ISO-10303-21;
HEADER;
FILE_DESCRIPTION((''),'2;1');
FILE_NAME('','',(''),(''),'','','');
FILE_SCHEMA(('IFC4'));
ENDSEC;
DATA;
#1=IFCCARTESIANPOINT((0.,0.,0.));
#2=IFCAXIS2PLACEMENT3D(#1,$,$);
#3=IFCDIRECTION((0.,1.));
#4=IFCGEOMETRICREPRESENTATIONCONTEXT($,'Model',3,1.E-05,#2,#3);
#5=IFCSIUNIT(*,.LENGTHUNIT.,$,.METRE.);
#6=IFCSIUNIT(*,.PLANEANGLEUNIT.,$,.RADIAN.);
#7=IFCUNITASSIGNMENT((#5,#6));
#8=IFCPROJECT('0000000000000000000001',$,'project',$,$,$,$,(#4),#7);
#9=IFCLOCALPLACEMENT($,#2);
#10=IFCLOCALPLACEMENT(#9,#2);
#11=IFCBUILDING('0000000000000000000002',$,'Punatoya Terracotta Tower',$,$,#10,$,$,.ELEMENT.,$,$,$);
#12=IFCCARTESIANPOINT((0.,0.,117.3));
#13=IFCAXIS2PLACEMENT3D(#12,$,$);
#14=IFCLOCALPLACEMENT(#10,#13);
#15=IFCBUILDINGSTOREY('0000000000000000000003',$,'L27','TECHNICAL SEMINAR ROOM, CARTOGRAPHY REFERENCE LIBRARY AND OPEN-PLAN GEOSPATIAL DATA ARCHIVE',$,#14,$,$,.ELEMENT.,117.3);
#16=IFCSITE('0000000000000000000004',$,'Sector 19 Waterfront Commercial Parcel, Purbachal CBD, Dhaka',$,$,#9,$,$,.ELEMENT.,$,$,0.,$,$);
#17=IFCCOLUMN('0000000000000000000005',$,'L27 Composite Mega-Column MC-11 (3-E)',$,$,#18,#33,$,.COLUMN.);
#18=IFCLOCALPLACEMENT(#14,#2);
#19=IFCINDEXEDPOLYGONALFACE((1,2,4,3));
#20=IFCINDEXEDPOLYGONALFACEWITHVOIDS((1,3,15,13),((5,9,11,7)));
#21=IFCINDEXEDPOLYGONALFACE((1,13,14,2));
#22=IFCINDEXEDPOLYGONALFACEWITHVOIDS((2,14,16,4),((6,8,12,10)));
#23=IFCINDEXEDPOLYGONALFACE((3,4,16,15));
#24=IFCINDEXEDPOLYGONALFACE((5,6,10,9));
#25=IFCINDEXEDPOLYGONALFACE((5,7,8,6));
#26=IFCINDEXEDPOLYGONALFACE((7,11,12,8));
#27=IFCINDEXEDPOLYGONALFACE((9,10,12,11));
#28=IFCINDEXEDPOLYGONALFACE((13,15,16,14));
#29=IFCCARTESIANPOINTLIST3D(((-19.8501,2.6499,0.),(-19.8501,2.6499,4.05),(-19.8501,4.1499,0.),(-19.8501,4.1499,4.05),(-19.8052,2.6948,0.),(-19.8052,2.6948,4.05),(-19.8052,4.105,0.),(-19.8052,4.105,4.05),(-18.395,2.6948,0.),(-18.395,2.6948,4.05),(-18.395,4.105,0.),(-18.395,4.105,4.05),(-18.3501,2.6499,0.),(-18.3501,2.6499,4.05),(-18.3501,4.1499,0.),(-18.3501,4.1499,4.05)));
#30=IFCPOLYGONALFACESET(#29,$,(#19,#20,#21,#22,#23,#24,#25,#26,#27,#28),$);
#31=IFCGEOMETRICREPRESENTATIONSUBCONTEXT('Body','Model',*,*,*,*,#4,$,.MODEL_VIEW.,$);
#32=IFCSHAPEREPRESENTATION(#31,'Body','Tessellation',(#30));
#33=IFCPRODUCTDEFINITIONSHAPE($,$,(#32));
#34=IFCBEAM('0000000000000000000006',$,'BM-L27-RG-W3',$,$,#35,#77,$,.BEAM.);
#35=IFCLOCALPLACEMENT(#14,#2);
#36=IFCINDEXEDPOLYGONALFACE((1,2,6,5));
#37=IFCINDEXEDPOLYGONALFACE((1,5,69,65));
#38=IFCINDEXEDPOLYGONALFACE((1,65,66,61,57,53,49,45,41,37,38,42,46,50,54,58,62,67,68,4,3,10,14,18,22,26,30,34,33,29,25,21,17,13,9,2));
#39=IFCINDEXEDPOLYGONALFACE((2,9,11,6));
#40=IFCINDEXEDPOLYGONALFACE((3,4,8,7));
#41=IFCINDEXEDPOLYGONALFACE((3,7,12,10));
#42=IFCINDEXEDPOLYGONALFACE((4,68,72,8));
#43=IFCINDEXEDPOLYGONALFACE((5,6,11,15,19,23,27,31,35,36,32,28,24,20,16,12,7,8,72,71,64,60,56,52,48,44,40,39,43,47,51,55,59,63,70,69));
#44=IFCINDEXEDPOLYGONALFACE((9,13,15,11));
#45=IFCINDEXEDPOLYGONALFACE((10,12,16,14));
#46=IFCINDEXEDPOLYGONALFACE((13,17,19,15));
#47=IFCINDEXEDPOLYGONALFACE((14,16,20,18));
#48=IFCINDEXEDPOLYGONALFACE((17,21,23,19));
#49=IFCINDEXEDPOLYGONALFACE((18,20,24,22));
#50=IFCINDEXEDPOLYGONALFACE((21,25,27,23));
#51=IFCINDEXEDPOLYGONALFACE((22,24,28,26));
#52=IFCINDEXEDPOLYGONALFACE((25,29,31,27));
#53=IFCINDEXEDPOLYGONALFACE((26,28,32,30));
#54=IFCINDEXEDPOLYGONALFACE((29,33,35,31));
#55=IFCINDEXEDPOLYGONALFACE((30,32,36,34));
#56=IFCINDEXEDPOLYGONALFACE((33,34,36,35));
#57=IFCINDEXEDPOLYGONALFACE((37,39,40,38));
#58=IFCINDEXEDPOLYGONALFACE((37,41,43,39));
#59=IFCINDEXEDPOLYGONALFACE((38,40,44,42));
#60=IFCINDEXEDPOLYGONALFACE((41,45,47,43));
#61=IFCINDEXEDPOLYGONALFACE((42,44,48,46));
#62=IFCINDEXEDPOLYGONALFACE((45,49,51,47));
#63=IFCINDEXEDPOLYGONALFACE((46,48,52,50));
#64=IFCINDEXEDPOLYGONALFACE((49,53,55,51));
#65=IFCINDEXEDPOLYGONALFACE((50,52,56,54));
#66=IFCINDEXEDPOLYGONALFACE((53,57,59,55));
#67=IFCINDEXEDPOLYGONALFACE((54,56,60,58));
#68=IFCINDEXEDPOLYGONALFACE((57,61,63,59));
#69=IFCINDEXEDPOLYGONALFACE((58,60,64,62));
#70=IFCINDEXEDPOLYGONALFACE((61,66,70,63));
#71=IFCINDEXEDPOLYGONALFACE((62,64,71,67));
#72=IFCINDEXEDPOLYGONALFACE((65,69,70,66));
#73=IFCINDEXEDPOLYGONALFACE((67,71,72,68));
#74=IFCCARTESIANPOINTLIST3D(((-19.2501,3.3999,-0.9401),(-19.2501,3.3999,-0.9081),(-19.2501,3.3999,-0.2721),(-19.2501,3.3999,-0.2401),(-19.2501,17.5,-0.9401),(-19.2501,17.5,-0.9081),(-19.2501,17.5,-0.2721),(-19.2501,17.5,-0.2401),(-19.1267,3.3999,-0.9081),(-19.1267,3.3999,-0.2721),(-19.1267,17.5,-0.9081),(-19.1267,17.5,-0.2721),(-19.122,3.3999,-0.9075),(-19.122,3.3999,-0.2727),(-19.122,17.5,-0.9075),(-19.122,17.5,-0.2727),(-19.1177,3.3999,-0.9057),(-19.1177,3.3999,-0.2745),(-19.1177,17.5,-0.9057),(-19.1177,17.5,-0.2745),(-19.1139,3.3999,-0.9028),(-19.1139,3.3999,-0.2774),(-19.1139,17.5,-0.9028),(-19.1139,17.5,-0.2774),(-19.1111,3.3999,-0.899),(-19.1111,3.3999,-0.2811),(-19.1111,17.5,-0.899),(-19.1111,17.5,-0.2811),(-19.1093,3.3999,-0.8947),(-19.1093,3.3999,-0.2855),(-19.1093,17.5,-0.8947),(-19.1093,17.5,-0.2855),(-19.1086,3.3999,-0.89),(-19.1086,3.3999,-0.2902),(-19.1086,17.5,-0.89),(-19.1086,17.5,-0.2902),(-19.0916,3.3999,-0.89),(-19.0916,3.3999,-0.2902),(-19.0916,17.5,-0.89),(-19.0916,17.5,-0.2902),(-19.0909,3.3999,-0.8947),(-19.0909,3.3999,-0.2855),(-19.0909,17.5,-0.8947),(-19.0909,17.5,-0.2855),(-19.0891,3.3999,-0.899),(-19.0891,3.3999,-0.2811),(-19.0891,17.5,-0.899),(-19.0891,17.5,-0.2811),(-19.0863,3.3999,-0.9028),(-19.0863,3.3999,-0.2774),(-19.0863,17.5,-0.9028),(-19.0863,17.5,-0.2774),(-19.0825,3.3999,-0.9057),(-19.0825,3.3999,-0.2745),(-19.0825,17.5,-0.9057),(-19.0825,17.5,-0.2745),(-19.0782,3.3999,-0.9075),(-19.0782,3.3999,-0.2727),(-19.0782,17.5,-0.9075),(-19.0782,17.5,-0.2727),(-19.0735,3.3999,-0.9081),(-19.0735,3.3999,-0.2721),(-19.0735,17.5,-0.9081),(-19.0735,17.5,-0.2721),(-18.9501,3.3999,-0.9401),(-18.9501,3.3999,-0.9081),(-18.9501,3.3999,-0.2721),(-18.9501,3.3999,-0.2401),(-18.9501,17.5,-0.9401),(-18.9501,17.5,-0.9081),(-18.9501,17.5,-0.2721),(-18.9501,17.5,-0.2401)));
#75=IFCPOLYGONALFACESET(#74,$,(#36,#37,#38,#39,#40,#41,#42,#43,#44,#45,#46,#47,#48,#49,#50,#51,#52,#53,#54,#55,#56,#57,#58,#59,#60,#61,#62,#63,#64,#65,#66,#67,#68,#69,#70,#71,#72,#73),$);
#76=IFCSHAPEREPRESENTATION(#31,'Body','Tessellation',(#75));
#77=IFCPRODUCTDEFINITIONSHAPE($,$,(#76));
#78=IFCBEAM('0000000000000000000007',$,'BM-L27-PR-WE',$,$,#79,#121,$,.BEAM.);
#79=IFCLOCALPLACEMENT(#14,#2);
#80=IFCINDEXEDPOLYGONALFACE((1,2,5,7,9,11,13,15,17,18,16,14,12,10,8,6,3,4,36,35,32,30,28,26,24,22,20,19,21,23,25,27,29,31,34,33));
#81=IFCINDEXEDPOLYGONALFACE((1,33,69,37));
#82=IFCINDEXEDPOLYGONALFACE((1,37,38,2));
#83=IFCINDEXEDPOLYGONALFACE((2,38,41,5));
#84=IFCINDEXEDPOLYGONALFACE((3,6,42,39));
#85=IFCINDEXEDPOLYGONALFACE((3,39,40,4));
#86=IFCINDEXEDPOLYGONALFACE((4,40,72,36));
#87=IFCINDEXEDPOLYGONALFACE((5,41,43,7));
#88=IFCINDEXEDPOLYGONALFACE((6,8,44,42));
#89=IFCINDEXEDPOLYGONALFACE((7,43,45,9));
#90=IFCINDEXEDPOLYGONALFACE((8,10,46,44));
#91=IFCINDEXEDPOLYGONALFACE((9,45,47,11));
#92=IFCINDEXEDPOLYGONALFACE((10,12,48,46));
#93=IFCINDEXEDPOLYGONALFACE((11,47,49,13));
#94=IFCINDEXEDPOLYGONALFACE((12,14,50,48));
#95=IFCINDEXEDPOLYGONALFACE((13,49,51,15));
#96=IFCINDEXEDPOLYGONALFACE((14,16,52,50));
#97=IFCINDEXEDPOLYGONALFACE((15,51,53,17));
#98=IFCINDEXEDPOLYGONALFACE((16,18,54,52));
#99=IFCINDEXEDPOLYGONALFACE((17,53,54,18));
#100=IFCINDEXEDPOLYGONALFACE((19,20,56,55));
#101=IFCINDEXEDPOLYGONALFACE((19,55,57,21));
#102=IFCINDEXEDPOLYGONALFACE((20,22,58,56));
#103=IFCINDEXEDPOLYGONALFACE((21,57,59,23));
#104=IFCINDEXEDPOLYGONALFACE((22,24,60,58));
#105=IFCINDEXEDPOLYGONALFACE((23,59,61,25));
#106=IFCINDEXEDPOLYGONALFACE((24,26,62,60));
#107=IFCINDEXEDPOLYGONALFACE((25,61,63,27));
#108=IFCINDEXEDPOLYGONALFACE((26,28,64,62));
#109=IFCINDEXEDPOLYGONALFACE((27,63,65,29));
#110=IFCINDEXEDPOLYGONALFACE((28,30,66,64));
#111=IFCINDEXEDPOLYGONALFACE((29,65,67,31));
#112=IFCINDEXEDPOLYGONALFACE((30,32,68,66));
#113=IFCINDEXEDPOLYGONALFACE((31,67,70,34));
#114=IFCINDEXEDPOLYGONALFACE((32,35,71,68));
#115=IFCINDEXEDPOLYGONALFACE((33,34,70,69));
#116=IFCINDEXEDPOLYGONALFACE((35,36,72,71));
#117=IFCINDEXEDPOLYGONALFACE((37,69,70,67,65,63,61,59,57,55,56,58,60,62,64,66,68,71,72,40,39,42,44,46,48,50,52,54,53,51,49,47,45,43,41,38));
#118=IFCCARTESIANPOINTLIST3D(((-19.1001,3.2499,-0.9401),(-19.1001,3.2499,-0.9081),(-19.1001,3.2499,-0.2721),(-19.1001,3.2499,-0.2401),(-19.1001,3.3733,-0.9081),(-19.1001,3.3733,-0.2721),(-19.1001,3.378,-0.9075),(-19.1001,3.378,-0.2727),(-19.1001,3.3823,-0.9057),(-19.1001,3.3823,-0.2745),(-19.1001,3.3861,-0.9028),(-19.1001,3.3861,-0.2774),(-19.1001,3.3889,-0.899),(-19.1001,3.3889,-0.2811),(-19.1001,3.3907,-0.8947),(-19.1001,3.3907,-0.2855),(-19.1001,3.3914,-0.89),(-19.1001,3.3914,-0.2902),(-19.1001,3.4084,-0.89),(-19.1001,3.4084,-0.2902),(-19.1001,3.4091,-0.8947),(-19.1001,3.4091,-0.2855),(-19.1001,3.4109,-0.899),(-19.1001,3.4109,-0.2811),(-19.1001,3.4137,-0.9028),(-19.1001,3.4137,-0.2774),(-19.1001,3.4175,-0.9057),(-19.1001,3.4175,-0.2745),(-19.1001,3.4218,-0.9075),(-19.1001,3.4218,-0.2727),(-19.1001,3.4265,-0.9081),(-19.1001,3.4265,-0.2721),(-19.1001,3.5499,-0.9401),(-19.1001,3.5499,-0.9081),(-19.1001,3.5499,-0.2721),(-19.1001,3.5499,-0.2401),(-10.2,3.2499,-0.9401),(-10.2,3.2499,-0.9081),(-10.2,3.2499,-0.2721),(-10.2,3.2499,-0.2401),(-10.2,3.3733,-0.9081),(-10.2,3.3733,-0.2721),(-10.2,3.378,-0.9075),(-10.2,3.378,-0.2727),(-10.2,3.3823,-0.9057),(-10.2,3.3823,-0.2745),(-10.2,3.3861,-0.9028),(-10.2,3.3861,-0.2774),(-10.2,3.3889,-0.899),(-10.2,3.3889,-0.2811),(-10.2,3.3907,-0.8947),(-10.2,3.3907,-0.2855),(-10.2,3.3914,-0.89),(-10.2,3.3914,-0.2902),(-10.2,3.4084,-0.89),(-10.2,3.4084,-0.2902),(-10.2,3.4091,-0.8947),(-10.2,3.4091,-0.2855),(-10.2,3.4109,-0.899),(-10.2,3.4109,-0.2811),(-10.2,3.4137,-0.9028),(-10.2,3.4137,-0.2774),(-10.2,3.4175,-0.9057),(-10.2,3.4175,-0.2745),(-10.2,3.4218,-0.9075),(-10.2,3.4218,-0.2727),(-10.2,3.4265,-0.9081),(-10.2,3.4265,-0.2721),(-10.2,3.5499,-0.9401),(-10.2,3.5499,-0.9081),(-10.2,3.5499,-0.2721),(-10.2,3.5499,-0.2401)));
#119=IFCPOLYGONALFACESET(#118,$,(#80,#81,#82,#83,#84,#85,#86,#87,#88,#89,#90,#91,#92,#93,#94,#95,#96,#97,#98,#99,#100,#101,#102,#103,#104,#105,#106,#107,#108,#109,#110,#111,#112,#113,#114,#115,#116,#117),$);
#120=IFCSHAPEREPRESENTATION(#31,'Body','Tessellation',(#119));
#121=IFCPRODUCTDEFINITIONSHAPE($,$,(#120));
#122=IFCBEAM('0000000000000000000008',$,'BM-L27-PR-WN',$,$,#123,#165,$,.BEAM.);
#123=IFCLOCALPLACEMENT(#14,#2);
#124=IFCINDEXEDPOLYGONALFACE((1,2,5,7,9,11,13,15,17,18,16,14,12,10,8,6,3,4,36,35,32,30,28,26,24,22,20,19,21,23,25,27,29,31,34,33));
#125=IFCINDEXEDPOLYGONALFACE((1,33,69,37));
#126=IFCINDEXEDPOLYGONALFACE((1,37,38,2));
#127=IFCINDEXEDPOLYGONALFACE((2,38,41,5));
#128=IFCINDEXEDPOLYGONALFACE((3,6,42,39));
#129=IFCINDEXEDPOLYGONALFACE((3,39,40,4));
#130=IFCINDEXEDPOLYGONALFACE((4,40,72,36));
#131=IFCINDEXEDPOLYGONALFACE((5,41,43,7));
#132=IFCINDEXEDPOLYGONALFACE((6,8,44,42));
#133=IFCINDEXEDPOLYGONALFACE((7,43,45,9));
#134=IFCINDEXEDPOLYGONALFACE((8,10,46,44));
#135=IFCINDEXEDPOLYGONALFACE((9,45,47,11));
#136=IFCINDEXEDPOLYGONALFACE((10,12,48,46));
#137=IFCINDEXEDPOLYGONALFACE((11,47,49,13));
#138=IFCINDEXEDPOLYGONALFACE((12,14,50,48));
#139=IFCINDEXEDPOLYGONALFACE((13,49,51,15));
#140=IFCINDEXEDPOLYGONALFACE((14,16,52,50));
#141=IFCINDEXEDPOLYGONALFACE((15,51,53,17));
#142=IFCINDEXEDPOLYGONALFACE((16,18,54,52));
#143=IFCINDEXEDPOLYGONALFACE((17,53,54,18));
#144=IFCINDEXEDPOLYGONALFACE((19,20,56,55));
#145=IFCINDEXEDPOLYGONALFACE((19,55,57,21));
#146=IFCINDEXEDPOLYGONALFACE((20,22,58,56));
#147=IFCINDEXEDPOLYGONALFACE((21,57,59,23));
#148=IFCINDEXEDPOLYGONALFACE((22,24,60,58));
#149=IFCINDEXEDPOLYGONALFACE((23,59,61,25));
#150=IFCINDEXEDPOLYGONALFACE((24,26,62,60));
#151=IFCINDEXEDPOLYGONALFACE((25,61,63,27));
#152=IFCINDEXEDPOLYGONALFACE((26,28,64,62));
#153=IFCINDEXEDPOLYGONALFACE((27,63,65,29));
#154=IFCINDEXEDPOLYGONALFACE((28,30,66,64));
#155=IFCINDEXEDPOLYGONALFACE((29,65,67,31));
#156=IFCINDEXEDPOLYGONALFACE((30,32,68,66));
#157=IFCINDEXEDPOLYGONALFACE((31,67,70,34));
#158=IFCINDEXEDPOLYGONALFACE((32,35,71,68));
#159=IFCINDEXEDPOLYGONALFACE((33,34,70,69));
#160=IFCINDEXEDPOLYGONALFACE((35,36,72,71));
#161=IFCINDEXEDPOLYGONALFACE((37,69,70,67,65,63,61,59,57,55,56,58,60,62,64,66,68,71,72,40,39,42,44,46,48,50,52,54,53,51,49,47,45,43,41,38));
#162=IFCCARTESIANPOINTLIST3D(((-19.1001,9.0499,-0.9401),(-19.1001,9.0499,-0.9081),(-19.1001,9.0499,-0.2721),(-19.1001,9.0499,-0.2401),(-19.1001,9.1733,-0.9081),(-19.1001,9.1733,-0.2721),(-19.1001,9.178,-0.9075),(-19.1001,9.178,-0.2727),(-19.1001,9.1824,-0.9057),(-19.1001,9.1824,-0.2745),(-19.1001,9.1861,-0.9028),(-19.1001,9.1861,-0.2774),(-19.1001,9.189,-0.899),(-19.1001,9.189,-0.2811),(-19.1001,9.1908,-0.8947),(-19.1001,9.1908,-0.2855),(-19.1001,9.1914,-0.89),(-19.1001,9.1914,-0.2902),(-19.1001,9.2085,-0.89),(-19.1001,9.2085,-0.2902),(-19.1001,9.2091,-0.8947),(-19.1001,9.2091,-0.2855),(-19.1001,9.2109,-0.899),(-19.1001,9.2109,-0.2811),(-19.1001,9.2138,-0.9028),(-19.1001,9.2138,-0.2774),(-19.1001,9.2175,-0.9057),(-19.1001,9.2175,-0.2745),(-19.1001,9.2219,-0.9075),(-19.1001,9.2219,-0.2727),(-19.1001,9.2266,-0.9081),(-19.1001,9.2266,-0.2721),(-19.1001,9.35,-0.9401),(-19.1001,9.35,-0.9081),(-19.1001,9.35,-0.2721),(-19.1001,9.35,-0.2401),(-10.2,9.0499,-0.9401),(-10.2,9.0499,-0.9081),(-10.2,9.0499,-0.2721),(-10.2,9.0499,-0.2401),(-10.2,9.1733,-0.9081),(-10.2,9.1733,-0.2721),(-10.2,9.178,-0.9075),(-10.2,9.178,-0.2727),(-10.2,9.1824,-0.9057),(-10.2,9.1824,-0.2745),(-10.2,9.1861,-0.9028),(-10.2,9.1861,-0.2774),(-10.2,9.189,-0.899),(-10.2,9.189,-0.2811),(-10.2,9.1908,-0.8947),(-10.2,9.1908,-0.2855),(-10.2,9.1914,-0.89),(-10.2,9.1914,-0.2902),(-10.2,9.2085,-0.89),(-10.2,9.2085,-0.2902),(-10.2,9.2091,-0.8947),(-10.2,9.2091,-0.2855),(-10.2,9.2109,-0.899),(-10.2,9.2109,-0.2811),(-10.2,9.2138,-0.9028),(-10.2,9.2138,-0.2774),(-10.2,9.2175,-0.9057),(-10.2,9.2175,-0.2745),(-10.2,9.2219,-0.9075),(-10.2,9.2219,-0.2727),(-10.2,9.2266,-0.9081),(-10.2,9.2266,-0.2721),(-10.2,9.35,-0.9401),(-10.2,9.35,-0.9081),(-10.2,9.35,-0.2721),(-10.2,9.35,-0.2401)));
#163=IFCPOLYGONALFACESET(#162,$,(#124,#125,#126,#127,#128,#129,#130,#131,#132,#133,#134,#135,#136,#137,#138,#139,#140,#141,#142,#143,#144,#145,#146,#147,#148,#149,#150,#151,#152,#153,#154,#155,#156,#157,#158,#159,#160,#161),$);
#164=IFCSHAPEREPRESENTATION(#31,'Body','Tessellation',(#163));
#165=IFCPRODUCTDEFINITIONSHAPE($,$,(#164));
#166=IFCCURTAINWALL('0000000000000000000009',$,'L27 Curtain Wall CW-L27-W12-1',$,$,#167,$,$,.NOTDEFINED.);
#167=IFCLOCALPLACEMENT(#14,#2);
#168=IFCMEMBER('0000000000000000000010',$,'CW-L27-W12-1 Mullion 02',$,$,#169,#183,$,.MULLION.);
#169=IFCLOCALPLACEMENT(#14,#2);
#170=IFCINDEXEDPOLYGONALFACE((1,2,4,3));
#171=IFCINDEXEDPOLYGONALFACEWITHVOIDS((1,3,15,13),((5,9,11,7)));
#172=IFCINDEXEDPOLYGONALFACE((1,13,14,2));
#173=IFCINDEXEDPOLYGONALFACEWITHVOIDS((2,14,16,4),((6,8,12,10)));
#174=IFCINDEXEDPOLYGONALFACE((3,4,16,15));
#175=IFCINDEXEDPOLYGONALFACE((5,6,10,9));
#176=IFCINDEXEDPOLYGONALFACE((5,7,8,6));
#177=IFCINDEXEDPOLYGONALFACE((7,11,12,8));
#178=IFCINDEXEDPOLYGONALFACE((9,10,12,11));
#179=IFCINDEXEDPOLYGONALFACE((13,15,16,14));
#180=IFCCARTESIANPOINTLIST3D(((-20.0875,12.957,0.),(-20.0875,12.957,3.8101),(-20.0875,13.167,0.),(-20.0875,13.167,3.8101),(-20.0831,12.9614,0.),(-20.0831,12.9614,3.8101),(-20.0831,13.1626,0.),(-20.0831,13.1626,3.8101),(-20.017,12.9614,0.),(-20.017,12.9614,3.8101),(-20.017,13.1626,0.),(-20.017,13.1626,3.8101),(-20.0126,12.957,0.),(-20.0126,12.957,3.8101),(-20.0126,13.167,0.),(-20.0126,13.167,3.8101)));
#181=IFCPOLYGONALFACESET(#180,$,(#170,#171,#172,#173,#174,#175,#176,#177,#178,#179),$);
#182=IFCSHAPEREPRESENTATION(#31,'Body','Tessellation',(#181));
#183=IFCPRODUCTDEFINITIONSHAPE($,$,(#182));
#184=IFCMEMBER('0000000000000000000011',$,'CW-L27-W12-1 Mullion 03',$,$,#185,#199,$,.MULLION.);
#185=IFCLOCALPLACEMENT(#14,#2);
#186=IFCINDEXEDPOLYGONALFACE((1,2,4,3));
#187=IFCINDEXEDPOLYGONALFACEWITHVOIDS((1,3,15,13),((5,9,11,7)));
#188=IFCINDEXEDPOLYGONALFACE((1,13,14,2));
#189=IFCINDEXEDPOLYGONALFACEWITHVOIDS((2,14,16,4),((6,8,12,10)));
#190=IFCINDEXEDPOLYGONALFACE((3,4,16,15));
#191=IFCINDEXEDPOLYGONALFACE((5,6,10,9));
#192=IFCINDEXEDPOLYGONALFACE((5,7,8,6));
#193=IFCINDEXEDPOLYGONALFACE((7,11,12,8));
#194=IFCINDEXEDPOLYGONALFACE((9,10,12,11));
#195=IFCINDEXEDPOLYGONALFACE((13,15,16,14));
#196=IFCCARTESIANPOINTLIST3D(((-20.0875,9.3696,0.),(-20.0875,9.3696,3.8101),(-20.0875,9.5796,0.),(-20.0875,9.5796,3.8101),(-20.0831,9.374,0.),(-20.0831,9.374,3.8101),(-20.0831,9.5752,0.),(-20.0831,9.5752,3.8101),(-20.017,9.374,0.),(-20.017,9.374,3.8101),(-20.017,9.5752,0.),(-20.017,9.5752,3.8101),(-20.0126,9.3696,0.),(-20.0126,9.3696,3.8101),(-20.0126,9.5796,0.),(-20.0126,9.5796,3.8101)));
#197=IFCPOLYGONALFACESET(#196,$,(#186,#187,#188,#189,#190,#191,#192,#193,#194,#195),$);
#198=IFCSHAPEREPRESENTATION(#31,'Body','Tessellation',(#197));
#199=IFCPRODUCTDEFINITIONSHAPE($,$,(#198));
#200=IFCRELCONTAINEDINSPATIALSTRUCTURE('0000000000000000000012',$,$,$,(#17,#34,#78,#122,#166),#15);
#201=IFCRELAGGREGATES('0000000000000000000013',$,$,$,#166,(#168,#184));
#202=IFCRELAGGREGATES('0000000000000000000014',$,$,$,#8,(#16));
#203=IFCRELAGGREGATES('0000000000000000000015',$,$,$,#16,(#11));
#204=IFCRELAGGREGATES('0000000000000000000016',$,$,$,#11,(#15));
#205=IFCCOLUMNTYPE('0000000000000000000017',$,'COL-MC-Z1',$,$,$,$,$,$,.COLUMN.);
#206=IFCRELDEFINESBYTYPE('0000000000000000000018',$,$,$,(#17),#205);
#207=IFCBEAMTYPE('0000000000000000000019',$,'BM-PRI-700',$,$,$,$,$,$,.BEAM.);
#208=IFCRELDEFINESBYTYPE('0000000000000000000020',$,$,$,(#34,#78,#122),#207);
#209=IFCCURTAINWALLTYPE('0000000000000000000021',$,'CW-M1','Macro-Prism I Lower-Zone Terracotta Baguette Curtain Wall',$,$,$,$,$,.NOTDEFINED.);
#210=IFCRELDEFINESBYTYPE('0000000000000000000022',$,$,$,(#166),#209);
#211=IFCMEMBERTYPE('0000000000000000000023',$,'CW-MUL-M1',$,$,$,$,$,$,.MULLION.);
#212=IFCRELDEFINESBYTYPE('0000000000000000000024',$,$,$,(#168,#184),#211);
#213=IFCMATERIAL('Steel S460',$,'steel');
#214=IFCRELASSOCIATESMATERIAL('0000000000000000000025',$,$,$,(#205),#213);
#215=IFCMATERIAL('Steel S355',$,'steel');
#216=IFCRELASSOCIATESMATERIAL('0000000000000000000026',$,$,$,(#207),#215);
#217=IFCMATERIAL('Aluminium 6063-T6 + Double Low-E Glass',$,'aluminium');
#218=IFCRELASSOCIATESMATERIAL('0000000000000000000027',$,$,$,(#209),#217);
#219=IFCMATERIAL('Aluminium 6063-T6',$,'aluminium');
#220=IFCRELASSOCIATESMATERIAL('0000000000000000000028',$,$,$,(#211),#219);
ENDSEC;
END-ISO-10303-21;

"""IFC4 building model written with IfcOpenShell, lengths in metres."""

from ifc_helpers import new_model, si_unit, direction, frame, origin, origin_2d, place, context, subcontext, project, spatial, hollow_rectangle, i_section, extrude, material, material_profile, profile_set, type_object, element, aggregate, save


model = new_model("IFC4")

# Units and contexts
model_context = context("Model", 3, precision=1e-05, world=origin(), true_north=direction((0.0, 1.0)))
body_context = subcontext(model_context, "Body", "Model", "MODEL_VIEW")
ifc_project = project(units=[si_unit("LENGTHUNIT", "METRE"), si_unit("PLANEANGLEUNIT", "RADIAN")], contexts=[model_context])

# Site, building, storey
site_placement = place(None, origin())
site = spatial("IfcSite", under=ifc_project, at=site_placement, Name="Sector 19 Waterfront Commercial Parcel, Purbachal CBD, Dhaka", CompositionType="ELEMENT", RefElevation=0.0)
building_placement = place(site_placement, origin())
building = spatial("IfcBuilding", under=site, at=building_placement, Name="Punatoya Terracotta Tower", CompositionType="ELEMENT")
storey_placement = place(building_placement, frame((0.0, 0.0, 117.3)))
storey = spatial("IfcBuildingStorey", under=building, at=storey_placement, Name="L27", Description="TECHNICAL SEMINAR ROOM, CARTOGRAPHY REFERENCE LIBRARY AND OPEN-PLAN GEOSPATIAL DATA ARCHIVE", CompositionType="ELEMENT", Elevation=117.3)

# Column
ifc_material_1 = material(Name="Steel S460", Category="steel")
ifc_material_profile_1 = material_profile(ifc_material_1, hollow_rectangle(XDim=1.5, YDim=1.5, WallThickness=0.0449, at=origin_2d()))
ifc_profile_set_1 = profile_set([ifc_material_profile_1], Name="Steel S460")
column_type = type_object("IfcColumnType", Name="COL-MC-Z1", PredefinedType="COLUMN", material=ifc_profile_set_1)
column_placement = place(storey_placement, frame((-19.1001, 3.3999, 0.0), z_axis=(0.0, 0.0, 1.0), x_axis=(1.0, 0.0, 0.0)))
element("IfcColumn", 1, at=column_placement, inside=storey, type_object=column_type, Name="L27 Composite Mega-Column MC-11 (3-E)", PredefinedType="COLUMN", context=body_context, shape_type="SweptSolid", body=[
    extrude(hollow_rectangle(XDim=1.5, YDim=1.5, WallThickness=0.0449, at=origin_2d()), origin(), (0.0, 0.0, 1.0), 4.05),
])

# Beams
ifc_material_2 = material(Name="Steel S355", Category="steel")
ifc_material_profile_2 = material_profile(ifc_material_2, i_section(OverallWidth=0.3, OverallDepth=0.7, WebThickness=0.0171, FlangeThickness=0.032, FilletRadius=0.0181, at=origin_2d()))
ifc_profile_set_2 = profile_set([ifc_material_profile_2], Name="Steel S355")
beam_type = type_object("IfcBeamType", Name="BM-PRI-700", PredefinedType="BEAM", material=ifc_profile_set_2)
beam_placement = place(storey_placement, frame((-19.1001, 3.3999, -0.5901), z_axis=(0.0, 1.0, 0.0), x_axis=(-1.0, 0.0, 0.0)))
element("IfcBeam", 2, at=beam_placement, inside=storey, type_object=beam_type, Name="BM-L27-RG-W3", PredefinedType="BEAM", context=body_context, shape_type="SweptSolid", body=[
    extrude(i_section(OverallWidth=0.3, OverallDepth=0.7, WebThickness=0.0171, FlangeThickness=0.032, FilletRadius=0.0181, at=origin_2d()), origin(), (0.0, 0.0, 1.0), 14.1001),
])
for number, where, z_axis, x_axis, name in (
    (3, (-19.1001, 3.3999, -0.5901), (1.0, 0.0, 0.0), (0.0, 1.0, 0.0), "BM-L27-PR-WE"),
    (4, (-19.1001, 9.2, -0.5901), (1.0, 0.0, 0.0), (0.0, 1.0, 0.0), "BM-L27-PR-WN"),
):
    element("IfcBeam", number, at=place(storey_placement, frame(where, z_axis=z_axis, x_axis=x_axis)), inside=storey, type_object=beam_type, Name=name, PredefinedType="BEAM", context=body_context, shape_type="SweptSolid", body=[
        extrude(i_section(OverallWidth=0.3, OverallDepth=0.7, WebThickness=0.0171, FlangeThickness=0.032, FilletRadius=0.0181, at=origin_2d()), origin(), (0.0, 0.0, 1.0), 8.9001),
    ])

# Curtain wall, members
ifc_material_3 = material(Name="Aluminium 6063-T6 + Double Low-E Glass", Category="aluminium")
curtain_wall_type = type_object("IfcCurtainWallType", Name="CW-M1", Description="Macro-Prism I Lower-Zone Terracotta Baguette Curtain Wall", PredefinedType="NOTDEFINED", material=ifc_material_3)
curtain_wall_placement = place(storey_placement, origin())
curtain_wall = element("IfcCurtainWall", 5, at=curtain_wall_placement, inside=storey, type_object=curtain_wall_type, Name="L27 Curtain Wall CW-L27-W12-1", PredefinedType="NOTDEFINED")
ifc_material_4 = material(Name="Aluminium 6063-T6", Category="aluminium")
ifc_material_profile_3 = material_profile(ifc_material_4, hollow_rectangle(XDim=0.075, YDim=0.21, WallThickness=0.0044, at=origin_2d()))
ifc_profile_set_3 = profile_set([ifc_material_profile_3], Name="Aluminium 6063-T6")
member_type = type_object("IfcMemberType", Name="CW-MUL-M1", PredefinedType="MULLION", material=ifc_profile_set_3)
member_1_placement = place(storey_placement, frame((-20.05, 13.062, 0.0), z_axis=(0.0, 0.0, 1.0), x_axis=(1.0, 0.0, 0.0)))
member_1 = element("IfcMember", 6, at=member_1_placement, type_object=member_type, Name="CW-L27-W12-1 Mullion 02", PredefinedType="MULLION", context=body_context, shape_type="SweptSolid", body=[
    extrude(hollow_rectangle(XDim=0.075, YDim=0.21, WallThickness=0.0044, at=origin_2d()), origin(), (0.0, 0.0, 1.0), 3.8101),
])
member_2_placement = place(storey_placement, frame((-20.05, 9.4746, 0.0), z_axis=(0.0, 0.0, 1.0), x_axis=(1.0, 0.0, 0.0)))
member_2 = element("IfcMember", 7, at=member_2_placement, type_object=member_type, Name="CW-L27-W12-1 Mullion 03", PredefinedType="MULLION", context=body_context, shape_type="SweptSolid", body=[
    extrude(hollow_rectangle(XDim=0.075, YDim=0.21, WallThickness=0.0044, at=origin_2d()), origin(), (0.0, 0.0, 1.0), 3.8101),
])
aggregate(curtain_wall, [member_1, member_2])

save(model, "model.ifc")
